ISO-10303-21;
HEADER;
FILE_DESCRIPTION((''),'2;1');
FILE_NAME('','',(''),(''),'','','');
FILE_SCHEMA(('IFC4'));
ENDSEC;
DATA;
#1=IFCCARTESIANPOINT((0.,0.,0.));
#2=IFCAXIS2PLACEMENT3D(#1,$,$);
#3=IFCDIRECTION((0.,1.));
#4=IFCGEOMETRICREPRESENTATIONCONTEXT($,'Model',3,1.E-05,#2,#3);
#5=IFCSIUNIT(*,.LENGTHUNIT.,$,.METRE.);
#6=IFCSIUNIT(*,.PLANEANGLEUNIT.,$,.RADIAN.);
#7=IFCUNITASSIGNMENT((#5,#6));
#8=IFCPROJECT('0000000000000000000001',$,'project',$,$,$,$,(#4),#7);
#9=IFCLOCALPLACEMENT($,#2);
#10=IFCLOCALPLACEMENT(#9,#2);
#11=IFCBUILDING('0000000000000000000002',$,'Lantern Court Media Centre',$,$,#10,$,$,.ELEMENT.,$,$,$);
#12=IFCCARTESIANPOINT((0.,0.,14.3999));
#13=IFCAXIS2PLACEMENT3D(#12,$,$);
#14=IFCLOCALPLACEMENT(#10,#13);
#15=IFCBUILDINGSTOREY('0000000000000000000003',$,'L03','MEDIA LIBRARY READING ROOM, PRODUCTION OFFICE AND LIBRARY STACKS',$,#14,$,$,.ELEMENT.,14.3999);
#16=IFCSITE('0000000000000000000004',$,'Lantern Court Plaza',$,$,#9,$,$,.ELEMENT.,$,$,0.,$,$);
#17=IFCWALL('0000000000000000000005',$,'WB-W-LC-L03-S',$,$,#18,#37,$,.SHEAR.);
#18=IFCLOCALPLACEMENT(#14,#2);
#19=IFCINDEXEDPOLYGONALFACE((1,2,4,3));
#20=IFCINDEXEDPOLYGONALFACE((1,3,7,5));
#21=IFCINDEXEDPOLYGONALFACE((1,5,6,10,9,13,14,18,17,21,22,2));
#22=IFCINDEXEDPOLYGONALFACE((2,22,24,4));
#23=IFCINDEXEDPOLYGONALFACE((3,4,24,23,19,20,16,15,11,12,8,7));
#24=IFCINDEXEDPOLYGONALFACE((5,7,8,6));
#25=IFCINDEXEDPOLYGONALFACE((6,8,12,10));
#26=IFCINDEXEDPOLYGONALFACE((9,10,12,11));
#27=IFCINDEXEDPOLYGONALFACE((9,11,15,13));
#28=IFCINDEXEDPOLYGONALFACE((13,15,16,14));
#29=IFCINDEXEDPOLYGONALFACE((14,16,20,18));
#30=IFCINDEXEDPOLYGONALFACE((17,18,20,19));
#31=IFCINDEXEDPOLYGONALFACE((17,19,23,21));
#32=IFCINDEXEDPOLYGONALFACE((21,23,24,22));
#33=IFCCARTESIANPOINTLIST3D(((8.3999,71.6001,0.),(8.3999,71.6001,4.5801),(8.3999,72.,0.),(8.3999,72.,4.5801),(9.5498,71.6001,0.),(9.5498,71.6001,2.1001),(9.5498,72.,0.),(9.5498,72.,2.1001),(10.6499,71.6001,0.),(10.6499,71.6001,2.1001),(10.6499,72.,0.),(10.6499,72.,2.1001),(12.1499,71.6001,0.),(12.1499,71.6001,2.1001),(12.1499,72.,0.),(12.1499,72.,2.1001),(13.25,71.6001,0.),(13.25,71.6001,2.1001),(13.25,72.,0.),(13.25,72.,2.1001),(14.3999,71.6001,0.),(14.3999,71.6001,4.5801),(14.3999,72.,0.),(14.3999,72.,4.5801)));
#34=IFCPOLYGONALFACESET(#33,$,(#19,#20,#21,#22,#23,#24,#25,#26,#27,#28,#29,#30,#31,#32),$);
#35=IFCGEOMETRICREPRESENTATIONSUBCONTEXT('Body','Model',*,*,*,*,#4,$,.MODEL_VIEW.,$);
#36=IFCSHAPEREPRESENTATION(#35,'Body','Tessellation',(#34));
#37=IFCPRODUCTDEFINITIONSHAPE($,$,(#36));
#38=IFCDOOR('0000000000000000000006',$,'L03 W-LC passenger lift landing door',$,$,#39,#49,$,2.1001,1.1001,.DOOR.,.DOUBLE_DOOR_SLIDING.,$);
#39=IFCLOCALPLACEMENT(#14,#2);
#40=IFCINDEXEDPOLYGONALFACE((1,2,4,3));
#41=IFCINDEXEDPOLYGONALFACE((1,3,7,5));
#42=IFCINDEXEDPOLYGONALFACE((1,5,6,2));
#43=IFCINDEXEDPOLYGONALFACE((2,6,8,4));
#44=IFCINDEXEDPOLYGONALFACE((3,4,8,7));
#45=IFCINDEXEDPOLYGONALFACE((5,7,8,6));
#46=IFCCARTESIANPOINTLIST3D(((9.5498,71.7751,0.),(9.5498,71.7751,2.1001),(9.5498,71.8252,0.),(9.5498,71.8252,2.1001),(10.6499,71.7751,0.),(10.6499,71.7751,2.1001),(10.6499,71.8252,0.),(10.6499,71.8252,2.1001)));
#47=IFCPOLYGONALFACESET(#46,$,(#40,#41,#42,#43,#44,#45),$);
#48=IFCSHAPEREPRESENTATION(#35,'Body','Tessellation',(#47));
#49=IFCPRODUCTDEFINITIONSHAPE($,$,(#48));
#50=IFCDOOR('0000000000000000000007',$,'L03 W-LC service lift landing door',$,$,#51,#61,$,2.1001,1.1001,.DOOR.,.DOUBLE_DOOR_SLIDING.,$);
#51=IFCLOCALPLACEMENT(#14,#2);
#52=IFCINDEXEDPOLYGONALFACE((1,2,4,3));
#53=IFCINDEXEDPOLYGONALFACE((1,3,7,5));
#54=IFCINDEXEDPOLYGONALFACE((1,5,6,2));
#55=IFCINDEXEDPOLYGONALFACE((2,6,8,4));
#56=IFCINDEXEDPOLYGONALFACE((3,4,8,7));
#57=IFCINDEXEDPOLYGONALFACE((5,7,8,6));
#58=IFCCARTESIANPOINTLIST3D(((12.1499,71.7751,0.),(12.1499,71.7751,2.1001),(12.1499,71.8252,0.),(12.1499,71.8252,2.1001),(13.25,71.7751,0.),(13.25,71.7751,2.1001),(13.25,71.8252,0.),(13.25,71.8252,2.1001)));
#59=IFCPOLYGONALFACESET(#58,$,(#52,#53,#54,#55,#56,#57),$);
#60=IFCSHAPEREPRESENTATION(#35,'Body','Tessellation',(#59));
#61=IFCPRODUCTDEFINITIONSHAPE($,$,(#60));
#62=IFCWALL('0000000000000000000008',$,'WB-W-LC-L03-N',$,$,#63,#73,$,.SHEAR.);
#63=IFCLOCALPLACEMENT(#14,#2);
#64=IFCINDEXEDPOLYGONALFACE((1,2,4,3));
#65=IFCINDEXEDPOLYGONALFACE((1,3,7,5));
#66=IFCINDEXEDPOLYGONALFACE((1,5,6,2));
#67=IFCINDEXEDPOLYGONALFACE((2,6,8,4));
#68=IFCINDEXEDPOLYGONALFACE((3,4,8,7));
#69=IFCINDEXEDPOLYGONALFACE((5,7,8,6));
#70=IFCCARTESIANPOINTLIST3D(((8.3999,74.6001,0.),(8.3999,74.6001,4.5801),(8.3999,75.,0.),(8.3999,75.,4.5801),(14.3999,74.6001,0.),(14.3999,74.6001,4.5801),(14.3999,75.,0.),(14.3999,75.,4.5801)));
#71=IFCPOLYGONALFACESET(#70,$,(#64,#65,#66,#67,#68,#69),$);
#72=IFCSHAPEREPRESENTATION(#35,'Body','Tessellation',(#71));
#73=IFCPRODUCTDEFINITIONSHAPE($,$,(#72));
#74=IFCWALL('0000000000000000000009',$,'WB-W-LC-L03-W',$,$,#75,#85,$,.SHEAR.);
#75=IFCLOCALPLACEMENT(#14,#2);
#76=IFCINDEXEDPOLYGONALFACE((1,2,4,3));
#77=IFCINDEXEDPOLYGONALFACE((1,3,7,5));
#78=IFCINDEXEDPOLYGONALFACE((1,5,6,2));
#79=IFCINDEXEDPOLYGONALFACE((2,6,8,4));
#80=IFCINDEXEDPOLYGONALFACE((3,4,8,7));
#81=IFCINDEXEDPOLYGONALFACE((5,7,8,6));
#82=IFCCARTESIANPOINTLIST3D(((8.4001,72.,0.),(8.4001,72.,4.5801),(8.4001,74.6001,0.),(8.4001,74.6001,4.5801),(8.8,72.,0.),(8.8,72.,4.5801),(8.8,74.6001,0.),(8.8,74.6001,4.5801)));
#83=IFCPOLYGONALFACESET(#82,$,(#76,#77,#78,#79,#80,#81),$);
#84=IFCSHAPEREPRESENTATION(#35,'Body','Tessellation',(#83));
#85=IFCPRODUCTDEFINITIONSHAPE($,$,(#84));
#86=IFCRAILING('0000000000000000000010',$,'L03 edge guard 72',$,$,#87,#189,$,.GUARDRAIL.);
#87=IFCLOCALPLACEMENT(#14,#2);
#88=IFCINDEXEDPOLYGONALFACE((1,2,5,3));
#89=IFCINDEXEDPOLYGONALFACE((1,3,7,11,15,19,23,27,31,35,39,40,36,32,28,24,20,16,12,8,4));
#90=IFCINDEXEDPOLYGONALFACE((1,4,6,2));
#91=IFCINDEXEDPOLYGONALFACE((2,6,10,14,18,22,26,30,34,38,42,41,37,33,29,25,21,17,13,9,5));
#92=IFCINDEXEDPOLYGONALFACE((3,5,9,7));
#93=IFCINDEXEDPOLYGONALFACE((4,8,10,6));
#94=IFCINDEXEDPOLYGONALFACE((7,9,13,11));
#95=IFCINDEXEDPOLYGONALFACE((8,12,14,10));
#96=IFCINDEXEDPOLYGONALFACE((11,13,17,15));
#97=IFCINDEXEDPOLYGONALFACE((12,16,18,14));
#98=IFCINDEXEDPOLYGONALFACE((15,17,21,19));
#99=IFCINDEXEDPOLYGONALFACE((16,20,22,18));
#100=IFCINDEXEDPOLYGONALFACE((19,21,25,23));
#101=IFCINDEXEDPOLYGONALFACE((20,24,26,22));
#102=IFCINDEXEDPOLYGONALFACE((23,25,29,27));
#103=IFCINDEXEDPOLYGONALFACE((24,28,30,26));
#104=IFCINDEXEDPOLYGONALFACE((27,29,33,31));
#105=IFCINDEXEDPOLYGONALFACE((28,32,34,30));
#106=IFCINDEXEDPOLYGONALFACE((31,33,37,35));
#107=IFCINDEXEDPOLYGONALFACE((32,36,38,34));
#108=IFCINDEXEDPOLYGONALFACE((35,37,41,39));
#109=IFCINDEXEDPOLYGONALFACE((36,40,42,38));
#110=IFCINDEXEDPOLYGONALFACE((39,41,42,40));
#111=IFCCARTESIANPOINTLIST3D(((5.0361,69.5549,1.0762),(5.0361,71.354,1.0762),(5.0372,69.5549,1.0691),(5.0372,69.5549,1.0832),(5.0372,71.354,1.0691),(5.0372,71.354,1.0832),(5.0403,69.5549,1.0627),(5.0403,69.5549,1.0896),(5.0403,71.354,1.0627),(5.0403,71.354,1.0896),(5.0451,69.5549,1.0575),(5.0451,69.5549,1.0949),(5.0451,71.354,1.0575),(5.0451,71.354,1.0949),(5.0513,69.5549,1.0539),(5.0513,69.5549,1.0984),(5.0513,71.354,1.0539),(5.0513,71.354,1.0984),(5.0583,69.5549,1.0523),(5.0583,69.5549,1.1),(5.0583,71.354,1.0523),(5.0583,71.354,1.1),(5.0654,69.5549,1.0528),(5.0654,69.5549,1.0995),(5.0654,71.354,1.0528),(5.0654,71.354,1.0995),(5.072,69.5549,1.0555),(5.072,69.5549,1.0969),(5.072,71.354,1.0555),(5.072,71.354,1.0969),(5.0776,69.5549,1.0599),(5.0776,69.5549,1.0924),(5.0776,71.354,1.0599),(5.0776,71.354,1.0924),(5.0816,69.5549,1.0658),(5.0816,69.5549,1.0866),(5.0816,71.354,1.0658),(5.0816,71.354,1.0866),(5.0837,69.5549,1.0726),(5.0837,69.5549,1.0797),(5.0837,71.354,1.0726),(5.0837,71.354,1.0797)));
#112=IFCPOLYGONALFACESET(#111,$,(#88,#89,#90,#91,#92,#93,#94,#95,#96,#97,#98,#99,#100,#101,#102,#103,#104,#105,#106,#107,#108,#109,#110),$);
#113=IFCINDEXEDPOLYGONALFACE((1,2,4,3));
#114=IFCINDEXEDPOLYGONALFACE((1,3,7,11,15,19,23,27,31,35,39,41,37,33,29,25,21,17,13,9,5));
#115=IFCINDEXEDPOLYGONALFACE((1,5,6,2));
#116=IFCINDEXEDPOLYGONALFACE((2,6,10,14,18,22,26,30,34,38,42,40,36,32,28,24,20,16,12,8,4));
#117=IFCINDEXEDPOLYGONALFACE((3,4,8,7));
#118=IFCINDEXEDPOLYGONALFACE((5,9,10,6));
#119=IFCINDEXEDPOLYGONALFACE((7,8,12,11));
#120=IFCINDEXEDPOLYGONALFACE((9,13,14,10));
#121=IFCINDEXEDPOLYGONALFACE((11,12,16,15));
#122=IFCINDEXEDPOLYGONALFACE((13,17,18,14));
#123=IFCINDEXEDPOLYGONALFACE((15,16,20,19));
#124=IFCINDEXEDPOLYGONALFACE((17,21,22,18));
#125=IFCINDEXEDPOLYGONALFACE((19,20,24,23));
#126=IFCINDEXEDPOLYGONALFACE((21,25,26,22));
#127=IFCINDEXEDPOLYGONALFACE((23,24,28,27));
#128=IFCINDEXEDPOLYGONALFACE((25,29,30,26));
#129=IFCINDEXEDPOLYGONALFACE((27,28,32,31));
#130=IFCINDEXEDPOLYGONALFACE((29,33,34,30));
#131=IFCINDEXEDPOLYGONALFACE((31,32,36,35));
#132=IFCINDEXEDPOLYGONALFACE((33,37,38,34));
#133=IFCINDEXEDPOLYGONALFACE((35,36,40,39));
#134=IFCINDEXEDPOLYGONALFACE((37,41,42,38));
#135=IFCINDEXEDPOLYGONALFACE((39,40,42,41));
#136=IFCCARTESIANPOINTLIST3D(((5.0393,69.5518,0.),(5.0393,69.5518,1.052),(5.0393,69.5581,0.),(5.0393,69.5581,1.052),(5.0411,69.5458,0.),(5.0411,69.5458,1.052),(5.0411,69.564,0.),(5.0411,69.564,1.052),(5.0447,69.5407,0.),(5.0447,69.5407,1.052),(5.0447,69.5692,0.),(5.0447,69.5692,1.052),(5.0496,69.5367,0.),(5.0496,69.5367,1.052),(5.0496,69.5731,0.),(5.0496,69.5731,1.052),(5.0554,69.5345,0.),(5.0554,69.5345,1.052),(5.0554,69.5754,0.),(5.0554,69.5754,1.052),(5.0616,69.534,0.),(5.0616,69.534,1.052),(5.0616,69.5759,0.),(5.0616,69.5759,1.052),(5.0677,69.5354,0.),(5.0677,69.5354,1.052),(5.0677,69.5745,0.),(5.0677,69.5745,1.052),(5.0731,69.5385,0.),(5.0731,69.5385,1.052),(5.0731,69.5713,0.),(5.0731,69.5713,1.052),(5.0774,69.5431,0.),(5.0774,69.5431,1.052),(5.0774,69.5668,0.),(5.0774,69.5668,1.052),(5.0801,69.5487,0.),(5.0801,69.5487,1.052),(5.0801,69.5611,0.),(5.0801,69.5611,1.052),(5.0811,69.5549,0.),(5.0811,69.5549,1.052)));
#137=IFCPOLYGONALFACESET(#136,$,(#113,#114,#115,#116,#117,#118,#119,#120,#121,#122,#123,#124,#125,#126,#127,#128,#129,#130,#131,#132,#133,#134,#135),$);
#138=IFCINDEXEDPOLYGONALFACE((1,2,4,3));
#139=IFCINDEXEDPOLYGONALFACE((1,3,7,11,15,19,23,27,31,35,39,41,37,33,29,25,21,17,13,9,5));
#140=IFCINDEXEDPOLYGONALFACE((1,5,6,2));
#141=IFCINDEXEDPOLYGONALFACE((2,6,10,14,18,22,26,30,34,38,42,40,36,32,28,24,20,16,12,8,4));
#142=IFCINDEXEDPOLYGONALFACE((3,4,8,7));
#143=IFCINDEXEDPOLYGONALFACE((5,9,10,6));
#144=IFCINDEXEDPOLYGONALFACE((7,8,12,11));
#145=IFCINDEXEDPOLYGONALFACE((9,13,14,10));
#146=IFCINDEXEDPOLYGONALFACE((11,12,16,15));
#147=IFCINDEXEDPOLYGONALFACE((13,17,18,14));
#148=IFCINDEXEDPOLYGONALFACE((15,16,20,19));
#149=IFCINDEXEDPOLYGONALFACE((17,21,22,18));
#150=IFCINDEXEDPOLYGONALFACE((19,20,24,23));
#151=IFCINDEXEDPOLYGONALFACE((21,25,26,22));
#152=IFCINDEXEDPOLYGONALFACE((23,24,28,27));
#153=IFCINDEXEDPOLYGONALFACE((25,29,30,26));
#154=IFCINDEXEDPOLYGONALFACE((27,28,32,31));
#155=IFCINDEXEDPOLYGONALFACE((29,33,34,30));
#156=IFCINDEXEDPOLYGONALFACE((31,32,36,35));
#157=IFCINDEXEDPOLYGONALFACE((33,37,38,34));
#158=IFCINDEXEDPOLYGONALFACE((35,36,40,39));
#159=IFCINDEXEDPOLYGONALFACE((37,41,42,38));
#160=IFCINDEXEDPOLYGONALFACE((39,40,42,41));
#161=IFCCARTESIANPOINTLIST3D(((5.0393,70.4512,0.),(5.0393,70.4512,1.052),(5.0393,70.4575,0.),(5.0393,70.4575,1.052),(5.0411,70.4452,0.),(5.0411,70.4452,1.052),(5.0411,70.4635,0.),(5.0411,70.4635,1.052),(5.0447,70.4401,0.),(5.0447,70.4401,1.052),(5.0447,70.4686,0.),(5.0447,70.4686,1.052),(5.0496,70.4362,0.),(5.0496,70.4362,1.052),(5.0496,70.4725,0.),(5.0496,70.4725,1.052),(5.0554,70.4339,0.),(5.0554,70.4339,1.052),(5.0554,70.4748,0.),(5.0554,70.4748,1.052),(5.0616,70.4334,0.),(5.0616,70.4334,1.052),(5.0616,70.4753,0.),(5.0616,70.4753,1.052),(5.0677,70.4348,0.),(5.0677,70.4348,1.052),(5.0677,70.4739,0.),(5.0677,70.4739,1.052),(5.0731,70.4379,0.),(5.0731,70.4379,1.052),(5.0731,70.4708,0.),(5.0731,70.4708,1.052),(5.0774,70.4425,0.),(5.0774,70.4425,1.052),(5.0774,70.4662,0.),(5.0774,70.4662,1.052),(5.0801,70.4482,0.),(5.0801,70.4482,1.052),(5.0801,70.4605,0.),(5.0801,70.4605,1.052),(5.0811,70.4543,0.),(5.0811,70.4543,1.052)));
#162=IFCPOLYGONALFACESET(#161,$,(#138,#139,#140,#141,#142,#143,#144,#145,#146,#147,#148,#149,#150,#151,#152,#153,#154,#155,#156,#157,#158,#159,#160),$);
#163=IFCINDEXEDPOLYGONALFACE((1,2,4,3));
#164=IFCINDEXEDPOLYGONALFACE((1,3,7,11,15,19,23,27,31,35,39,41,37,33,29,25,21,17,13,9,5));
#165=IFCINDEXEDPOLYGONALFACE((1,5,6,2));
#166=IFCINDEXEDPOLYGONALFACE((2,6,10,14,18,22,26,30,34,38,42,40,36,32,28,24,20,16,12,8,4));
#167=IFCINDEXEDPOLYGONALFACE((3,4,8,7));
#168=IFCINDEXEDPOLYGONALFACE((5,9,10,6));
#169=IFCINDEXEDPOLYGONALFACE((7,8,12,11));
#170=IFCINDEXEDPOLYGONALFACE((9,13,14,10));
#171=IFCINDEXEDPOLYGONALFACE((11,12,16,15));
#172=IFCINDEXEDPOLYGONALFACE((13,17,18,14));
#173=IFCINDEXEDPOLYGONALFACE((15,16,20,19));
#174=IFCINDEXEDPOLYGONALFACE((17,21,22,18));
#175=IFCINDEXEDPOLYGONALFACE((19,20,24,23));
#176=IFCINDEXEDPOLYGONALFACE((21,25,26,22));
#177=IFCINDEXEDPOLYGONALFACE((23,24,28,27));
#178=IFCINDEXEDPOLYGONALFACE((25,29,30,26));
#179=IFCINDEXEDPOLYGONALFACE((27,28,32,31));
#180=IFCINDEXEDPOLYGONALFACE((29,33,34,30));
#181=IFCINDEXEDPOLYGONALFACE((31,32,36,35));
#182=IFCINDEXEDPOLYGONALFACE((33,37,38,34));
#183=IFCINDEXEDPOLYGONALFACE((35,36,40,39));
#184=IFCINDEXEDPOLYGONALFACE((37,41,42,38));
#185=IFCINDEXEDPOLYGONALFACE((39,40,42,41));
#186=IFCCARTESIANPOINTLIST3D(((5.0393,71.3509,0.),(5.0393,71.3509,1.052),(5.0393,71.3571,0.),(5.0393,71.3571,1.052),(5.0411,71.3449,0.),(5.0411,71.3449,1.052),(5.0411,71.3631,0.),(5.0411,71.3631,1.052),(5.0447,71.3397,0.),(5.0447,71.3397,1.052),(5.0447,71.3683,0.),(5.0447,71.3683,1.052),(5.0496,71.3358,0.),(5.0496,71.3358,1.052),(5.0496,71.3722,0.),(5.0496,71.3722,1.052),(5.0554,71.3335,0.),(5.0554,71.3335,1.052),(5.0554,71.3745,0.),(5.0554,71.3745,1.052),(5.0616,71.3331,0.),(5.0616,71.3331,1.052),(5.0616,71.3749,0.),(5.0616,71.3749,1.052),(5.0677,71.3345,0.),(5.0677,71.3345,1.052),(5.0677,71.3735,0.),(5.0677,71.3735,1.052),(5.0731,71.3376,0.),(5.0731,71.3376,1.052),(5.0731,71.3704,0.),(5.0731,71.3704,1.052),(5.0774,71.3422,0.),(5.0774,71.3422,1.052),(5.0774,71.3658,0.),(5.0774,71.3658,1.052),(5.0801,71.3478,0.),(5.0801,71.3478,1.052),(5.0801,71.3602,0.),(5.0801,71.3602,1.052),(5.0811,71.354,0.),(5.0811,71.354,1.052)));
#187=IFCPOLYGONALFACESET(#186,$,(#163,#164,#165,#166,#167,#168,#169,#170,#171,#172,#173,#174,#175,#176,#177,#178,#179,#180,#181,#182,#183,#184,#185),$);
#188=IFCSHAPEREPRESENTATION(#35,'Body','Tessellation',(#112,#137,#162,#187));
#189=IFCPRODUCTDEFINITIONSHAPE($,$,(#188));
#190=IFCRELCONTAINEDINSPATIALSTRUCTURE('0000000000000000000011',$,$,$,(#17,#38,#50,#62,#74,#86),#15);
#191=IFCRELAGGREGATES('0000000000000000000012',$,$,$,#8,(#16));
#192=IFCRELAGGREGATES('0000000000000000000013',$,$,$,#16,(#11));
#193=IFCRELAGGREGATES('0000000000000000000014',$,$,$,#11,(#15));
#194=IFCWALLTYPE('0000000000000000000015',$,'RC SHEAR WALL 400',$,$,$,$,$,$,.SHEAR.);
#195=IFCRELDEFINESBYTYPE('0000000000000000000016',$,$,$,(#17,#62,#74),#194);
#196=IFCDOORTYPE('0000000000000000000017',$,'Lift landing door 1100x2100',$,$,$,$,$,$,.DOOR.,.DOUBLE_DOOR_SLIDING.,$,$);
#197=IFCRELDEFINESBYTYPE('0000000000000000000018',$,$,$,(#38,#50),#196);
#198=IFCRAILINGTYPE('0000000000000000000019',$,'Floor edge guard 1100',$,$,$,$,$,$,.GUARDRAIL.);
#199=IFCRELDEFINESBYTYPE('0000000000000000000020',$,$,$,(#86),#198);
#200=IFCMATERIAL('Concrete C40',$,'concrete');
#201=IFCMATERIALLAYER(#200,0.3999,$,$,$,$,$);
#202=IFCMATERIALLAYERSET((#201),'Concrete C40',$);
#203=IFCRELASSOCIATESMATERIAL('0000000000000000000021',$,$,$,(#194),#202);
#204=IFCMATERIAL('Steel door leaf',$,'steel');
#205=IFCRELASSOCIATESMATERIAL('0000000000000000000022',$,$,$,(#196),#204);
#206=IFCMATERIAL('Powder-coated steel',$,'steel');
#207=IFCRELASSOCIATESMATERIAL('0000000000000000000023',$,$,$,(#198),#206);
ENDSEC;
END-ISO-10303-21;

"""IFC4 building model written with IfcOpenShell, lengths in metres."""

from ifc_helpers import new_model, si_unit, direction, frame, frame_2d, origin, origin_2d, place, context, subcontext, project, spatial, rectangle, circle, extrude, material, layer, layer_set, type_object, element, fill, save


model = new_model("IFC4")

# Units and contexts
model_context = context("Model", 3, precision=1e-05, world=origin(), true_north=direction((0.0, 1.0)))
body_context = subcontext(model_context, "Body", "Model", "MODEL_VIEW")
ifc_project = project(units=[si_unit("LENGTHUNIT", "METRE"), si_unit("PLANEANGLEUNIT", "RADIAN")], contexts=[model_context])

# Site, building, storey
site_placement = place(None, origin())
site = spatial("IfcSite", under=ifc_project, at=site_placement, Name="Lantern Court Plaza", CompositionType="ELEMENT", RefElevation=0.0)
building_placement = place(site_placement, origin())
building = spatial("IfcBuilding", under=site, at=building_placement, Name="Lantern Court Media Centre", CompositionType="ELEMENT")
storey_placement = place(building_placement, frame((0.0, 0.0, 14.3999)))
storey = spatial("IfcBuildingStorey", under=building, at=storey_placement, Name="L03", Description="MEDIA LIBRARY READING ROOM, PRODUCTION OFFICE AND LIBRARY STACKS", CompositionType="ELEMENT", Elevation=14.3999)

# Wall, openings, doors
ifc_material_1 = material(Name="Concrete C40", Category="concrete")
ifc_layer_1 = layer(ifc_material_1, 0.3999)
ifc_layer_set_1 = layer_set([ifc_layer_1], Name="Concrete C40")
wall_type_1 = type_object("IfcWallType", Name="RC SHEAR WALL 400", PredefinedType="SHEAR", material=ifc_layer_set_1)
wall_1_placement = place(storey_placement, frame((8.3999, 71.8, 0.0), z_axis=(0.0, 0.0, 1.0), x_axis=(1.0, 0.0, 0.0)))
wall_1 = element("IfcWall", 1, at=wall_1_placement, inside=storey, type_object=wall_type_1, Name="WB-W-LC-L03-S", PredefinedType="SHEAR", context=body_context, shape_type="SweptSolid", body=[
    extrude(rectangle(XDim=6.0, YDim=0.3999, at=frame_2d((3.0, 0.0))), origin(), (0.0, 0.0, 1.0), 4.5801),
])
opening_1_placement = place(wall_1_placement, frame((1.1499, 0.0, 0.0)))
opening_1 = element("IfcOpeningElement", 2, at=opening_1_placement, cuts=wall_1, PredefinedType="OPENING", context=body_context, shape_type="SweptSolid", body=[
    extrude(rectangle(XDim=1.1001, YDim=2.1001, at=frame_2d((0.55, 1.05))), frame((0.0, 0.21, 0.0), z_axis=(0.0, -1.0, 0.0), x_axis=(1.0, 0.0, 0.0)), (0.0, 0.0, 1.0), 0.4199),
])
opening_2_placement = place(wall_1_placement, frame((3.75, 0.0, 0.0)))
opening_2 = element("IfcOpeningElement", 3, at=opening_2_placement, cuts=wall_1, PredefinedType="OPENING", context=body_context, shape_type="SweptSolid", body=[
    extrude(rectangle(XDim=1.1001, YDim=2.1001, at=frame_2d((0.55, 1.05))), frame((0.0, 0.21, 0.0), z_axis=(0.0, -1.0, 0.0), x_axis=(1.0, 0.0, 0.0)), (0.0, 0.0, 1.0), 0.4199),
])
ifc_material_2 = material(Name="Steel door leaf", Category="steel")
door_type_1 = type_object("IfcDoorType", Name="Lift landing door 1100x2100", OperationType="DOUBLE_DOOR_SLIDING", PredefinedType="DOOR", material=ifc_material_2)
door_1_placement = place(opening_1_placement, frame((1.1001, 0.0, 0.0), z_axis=(0.0, 0.0, 1.0), x_axis=(-1.0, 0.0, 0.0)))
door_1 = element("IfcDoor", 4, at=door_1_placement, inside=storey, type_object=door_type_1, Name="L03 W-LC passenger lift landing door", OperationType="DOUBLE_DOOR_SLIDING", OverallHeight=2.1001, OverallWidth=1.1001, PredefinedType="DOOR", context=body_context, shape_type="SweptSolid", body=[
    extrude(rectangle(XDim=1.1001, YDim=2.1001, at=frame_2d((0.55, 1.05))), frame((0.0, 0.0249, 0.0), z_axis=(0.0, -1.0, 0.0), x_axis=(1.0, 0.0, 0.0)), (0.0, 0.0, 1.0), 0.05),
])
fill(opening_1, door_1)
door_2_placement = place(opening_2_placement, frame((1.1001, 0.0, 0.0), z_axis=(0.0, 0.0, 1.0), x_axis=(-1.0, 0.0, 0.0)))
door_2 = element("IfcDoor", 5, at=door_2_placement, inside=storey, type_object=door_type_1, Name="L03 W-LC service lift landing door", OperationType="DOUBLE_DOOR_SLIDING", OverallHeight=2.1001, OverallWidth=1.1001, PredefinedType="DOOR", context=body_context, shape_type="SweptSolid", body=[
    extrude(rectangle(XDim=1.1001, YDim=2.1001, at=frame_2d((0.55, 1.05))), frame((0.0, 0.0249, 0.0), z_axis=(0.0, -1.0, 0.0), x_axis=(1.0, 0.0, 0.0)), (0.0, 0.0, 1.0), 0.05),
])
fill(opening_2, door_2)

# Walls
wall_2_placement = place(storey_placement, frame((8.3999, 74.8, 0.0), z_axis=(0.0, 0.0, 1.0), x_axis=(1.0, 0.0, 0.0)))
element("IfcWall", 6, at=wall_2_placement, inside=storey, type_object=wall_type_1, Name="WB-W-LC-L03-N", PredefinedType="SHEAR", context=body_context, shape_type="SweptSolid", body=[
    extrude(rectangle(XDim=6.0, YDim=0.3999, at=frame_2d((3.0, 0.0))), origin(), (0.0, 0.0, 1.0), 4.5801),
])
wall_3_placement = place(storey_placement, frame((8.6001, 72.0, 0.0), z_axis=(0.0, 0.0, 1.0), x_axis=(0.0, 1.0, 0.0)))
element("IfcWall", 7, at=wall_3_placement, inside=storey, type_object=wall_type_1, Name="WB-W-LC-L03-W", PredefinedType="SHEAR", context=body_context, shape_type="SweptSolid", body=[
    extrude(rectangle(XDim=2.6001, YDim=0.3999, at=frame_2d((1.3, 0.0))), origin(), (0.0, 0.0, 1.0), 4.5801),
])

# Railing
ifc_material_3 = material(Name="Powder-coated steel", Category="steel")
railing_type = type_object("IfcRailingType", Name="Floor edge guard 1100", PredefinedType="GUARDRAIL", material=ifc_material_3)
railing_1_placement = place(storey_placement, frame((5.0601, 69.5549, 0.0)))
element("IfcRailing", 8, at=railing_1_placement, inside=storey, type_object=railing_type, Name="L03 edge guard 72", PredefinedType="GUARDRAIL", context=body_context, shape_type="SweptSolid", body=[
    extrude(circle(Radius=0.0239, at=origin_2d()), frame((0.0, 0.0, 1.0762), z_axis=(0.0, 1.0, 0.0), x_axis=(-1.0, 0.0, 0.0)), (0.0, 0.0, 1.0), 1.7991),
    extrude(circle(Radius=0.021, at=origin_2d()), origin(), (0.0, 0.0, 1.0), 1.052),
    extrude(circle(Radius=0.021, at=origin_2d()), frame((0.0, 0.8994, 0.0)), (0.0, 0.0, 1.0), 1.052),
    extrude(circle(Radius=0.021, at=origin_2d()), frame((0.0, 1.7991, 0.0)), (0.0, 0.0, 1.0), 1.052),
])

save(model, "model.ifc")
